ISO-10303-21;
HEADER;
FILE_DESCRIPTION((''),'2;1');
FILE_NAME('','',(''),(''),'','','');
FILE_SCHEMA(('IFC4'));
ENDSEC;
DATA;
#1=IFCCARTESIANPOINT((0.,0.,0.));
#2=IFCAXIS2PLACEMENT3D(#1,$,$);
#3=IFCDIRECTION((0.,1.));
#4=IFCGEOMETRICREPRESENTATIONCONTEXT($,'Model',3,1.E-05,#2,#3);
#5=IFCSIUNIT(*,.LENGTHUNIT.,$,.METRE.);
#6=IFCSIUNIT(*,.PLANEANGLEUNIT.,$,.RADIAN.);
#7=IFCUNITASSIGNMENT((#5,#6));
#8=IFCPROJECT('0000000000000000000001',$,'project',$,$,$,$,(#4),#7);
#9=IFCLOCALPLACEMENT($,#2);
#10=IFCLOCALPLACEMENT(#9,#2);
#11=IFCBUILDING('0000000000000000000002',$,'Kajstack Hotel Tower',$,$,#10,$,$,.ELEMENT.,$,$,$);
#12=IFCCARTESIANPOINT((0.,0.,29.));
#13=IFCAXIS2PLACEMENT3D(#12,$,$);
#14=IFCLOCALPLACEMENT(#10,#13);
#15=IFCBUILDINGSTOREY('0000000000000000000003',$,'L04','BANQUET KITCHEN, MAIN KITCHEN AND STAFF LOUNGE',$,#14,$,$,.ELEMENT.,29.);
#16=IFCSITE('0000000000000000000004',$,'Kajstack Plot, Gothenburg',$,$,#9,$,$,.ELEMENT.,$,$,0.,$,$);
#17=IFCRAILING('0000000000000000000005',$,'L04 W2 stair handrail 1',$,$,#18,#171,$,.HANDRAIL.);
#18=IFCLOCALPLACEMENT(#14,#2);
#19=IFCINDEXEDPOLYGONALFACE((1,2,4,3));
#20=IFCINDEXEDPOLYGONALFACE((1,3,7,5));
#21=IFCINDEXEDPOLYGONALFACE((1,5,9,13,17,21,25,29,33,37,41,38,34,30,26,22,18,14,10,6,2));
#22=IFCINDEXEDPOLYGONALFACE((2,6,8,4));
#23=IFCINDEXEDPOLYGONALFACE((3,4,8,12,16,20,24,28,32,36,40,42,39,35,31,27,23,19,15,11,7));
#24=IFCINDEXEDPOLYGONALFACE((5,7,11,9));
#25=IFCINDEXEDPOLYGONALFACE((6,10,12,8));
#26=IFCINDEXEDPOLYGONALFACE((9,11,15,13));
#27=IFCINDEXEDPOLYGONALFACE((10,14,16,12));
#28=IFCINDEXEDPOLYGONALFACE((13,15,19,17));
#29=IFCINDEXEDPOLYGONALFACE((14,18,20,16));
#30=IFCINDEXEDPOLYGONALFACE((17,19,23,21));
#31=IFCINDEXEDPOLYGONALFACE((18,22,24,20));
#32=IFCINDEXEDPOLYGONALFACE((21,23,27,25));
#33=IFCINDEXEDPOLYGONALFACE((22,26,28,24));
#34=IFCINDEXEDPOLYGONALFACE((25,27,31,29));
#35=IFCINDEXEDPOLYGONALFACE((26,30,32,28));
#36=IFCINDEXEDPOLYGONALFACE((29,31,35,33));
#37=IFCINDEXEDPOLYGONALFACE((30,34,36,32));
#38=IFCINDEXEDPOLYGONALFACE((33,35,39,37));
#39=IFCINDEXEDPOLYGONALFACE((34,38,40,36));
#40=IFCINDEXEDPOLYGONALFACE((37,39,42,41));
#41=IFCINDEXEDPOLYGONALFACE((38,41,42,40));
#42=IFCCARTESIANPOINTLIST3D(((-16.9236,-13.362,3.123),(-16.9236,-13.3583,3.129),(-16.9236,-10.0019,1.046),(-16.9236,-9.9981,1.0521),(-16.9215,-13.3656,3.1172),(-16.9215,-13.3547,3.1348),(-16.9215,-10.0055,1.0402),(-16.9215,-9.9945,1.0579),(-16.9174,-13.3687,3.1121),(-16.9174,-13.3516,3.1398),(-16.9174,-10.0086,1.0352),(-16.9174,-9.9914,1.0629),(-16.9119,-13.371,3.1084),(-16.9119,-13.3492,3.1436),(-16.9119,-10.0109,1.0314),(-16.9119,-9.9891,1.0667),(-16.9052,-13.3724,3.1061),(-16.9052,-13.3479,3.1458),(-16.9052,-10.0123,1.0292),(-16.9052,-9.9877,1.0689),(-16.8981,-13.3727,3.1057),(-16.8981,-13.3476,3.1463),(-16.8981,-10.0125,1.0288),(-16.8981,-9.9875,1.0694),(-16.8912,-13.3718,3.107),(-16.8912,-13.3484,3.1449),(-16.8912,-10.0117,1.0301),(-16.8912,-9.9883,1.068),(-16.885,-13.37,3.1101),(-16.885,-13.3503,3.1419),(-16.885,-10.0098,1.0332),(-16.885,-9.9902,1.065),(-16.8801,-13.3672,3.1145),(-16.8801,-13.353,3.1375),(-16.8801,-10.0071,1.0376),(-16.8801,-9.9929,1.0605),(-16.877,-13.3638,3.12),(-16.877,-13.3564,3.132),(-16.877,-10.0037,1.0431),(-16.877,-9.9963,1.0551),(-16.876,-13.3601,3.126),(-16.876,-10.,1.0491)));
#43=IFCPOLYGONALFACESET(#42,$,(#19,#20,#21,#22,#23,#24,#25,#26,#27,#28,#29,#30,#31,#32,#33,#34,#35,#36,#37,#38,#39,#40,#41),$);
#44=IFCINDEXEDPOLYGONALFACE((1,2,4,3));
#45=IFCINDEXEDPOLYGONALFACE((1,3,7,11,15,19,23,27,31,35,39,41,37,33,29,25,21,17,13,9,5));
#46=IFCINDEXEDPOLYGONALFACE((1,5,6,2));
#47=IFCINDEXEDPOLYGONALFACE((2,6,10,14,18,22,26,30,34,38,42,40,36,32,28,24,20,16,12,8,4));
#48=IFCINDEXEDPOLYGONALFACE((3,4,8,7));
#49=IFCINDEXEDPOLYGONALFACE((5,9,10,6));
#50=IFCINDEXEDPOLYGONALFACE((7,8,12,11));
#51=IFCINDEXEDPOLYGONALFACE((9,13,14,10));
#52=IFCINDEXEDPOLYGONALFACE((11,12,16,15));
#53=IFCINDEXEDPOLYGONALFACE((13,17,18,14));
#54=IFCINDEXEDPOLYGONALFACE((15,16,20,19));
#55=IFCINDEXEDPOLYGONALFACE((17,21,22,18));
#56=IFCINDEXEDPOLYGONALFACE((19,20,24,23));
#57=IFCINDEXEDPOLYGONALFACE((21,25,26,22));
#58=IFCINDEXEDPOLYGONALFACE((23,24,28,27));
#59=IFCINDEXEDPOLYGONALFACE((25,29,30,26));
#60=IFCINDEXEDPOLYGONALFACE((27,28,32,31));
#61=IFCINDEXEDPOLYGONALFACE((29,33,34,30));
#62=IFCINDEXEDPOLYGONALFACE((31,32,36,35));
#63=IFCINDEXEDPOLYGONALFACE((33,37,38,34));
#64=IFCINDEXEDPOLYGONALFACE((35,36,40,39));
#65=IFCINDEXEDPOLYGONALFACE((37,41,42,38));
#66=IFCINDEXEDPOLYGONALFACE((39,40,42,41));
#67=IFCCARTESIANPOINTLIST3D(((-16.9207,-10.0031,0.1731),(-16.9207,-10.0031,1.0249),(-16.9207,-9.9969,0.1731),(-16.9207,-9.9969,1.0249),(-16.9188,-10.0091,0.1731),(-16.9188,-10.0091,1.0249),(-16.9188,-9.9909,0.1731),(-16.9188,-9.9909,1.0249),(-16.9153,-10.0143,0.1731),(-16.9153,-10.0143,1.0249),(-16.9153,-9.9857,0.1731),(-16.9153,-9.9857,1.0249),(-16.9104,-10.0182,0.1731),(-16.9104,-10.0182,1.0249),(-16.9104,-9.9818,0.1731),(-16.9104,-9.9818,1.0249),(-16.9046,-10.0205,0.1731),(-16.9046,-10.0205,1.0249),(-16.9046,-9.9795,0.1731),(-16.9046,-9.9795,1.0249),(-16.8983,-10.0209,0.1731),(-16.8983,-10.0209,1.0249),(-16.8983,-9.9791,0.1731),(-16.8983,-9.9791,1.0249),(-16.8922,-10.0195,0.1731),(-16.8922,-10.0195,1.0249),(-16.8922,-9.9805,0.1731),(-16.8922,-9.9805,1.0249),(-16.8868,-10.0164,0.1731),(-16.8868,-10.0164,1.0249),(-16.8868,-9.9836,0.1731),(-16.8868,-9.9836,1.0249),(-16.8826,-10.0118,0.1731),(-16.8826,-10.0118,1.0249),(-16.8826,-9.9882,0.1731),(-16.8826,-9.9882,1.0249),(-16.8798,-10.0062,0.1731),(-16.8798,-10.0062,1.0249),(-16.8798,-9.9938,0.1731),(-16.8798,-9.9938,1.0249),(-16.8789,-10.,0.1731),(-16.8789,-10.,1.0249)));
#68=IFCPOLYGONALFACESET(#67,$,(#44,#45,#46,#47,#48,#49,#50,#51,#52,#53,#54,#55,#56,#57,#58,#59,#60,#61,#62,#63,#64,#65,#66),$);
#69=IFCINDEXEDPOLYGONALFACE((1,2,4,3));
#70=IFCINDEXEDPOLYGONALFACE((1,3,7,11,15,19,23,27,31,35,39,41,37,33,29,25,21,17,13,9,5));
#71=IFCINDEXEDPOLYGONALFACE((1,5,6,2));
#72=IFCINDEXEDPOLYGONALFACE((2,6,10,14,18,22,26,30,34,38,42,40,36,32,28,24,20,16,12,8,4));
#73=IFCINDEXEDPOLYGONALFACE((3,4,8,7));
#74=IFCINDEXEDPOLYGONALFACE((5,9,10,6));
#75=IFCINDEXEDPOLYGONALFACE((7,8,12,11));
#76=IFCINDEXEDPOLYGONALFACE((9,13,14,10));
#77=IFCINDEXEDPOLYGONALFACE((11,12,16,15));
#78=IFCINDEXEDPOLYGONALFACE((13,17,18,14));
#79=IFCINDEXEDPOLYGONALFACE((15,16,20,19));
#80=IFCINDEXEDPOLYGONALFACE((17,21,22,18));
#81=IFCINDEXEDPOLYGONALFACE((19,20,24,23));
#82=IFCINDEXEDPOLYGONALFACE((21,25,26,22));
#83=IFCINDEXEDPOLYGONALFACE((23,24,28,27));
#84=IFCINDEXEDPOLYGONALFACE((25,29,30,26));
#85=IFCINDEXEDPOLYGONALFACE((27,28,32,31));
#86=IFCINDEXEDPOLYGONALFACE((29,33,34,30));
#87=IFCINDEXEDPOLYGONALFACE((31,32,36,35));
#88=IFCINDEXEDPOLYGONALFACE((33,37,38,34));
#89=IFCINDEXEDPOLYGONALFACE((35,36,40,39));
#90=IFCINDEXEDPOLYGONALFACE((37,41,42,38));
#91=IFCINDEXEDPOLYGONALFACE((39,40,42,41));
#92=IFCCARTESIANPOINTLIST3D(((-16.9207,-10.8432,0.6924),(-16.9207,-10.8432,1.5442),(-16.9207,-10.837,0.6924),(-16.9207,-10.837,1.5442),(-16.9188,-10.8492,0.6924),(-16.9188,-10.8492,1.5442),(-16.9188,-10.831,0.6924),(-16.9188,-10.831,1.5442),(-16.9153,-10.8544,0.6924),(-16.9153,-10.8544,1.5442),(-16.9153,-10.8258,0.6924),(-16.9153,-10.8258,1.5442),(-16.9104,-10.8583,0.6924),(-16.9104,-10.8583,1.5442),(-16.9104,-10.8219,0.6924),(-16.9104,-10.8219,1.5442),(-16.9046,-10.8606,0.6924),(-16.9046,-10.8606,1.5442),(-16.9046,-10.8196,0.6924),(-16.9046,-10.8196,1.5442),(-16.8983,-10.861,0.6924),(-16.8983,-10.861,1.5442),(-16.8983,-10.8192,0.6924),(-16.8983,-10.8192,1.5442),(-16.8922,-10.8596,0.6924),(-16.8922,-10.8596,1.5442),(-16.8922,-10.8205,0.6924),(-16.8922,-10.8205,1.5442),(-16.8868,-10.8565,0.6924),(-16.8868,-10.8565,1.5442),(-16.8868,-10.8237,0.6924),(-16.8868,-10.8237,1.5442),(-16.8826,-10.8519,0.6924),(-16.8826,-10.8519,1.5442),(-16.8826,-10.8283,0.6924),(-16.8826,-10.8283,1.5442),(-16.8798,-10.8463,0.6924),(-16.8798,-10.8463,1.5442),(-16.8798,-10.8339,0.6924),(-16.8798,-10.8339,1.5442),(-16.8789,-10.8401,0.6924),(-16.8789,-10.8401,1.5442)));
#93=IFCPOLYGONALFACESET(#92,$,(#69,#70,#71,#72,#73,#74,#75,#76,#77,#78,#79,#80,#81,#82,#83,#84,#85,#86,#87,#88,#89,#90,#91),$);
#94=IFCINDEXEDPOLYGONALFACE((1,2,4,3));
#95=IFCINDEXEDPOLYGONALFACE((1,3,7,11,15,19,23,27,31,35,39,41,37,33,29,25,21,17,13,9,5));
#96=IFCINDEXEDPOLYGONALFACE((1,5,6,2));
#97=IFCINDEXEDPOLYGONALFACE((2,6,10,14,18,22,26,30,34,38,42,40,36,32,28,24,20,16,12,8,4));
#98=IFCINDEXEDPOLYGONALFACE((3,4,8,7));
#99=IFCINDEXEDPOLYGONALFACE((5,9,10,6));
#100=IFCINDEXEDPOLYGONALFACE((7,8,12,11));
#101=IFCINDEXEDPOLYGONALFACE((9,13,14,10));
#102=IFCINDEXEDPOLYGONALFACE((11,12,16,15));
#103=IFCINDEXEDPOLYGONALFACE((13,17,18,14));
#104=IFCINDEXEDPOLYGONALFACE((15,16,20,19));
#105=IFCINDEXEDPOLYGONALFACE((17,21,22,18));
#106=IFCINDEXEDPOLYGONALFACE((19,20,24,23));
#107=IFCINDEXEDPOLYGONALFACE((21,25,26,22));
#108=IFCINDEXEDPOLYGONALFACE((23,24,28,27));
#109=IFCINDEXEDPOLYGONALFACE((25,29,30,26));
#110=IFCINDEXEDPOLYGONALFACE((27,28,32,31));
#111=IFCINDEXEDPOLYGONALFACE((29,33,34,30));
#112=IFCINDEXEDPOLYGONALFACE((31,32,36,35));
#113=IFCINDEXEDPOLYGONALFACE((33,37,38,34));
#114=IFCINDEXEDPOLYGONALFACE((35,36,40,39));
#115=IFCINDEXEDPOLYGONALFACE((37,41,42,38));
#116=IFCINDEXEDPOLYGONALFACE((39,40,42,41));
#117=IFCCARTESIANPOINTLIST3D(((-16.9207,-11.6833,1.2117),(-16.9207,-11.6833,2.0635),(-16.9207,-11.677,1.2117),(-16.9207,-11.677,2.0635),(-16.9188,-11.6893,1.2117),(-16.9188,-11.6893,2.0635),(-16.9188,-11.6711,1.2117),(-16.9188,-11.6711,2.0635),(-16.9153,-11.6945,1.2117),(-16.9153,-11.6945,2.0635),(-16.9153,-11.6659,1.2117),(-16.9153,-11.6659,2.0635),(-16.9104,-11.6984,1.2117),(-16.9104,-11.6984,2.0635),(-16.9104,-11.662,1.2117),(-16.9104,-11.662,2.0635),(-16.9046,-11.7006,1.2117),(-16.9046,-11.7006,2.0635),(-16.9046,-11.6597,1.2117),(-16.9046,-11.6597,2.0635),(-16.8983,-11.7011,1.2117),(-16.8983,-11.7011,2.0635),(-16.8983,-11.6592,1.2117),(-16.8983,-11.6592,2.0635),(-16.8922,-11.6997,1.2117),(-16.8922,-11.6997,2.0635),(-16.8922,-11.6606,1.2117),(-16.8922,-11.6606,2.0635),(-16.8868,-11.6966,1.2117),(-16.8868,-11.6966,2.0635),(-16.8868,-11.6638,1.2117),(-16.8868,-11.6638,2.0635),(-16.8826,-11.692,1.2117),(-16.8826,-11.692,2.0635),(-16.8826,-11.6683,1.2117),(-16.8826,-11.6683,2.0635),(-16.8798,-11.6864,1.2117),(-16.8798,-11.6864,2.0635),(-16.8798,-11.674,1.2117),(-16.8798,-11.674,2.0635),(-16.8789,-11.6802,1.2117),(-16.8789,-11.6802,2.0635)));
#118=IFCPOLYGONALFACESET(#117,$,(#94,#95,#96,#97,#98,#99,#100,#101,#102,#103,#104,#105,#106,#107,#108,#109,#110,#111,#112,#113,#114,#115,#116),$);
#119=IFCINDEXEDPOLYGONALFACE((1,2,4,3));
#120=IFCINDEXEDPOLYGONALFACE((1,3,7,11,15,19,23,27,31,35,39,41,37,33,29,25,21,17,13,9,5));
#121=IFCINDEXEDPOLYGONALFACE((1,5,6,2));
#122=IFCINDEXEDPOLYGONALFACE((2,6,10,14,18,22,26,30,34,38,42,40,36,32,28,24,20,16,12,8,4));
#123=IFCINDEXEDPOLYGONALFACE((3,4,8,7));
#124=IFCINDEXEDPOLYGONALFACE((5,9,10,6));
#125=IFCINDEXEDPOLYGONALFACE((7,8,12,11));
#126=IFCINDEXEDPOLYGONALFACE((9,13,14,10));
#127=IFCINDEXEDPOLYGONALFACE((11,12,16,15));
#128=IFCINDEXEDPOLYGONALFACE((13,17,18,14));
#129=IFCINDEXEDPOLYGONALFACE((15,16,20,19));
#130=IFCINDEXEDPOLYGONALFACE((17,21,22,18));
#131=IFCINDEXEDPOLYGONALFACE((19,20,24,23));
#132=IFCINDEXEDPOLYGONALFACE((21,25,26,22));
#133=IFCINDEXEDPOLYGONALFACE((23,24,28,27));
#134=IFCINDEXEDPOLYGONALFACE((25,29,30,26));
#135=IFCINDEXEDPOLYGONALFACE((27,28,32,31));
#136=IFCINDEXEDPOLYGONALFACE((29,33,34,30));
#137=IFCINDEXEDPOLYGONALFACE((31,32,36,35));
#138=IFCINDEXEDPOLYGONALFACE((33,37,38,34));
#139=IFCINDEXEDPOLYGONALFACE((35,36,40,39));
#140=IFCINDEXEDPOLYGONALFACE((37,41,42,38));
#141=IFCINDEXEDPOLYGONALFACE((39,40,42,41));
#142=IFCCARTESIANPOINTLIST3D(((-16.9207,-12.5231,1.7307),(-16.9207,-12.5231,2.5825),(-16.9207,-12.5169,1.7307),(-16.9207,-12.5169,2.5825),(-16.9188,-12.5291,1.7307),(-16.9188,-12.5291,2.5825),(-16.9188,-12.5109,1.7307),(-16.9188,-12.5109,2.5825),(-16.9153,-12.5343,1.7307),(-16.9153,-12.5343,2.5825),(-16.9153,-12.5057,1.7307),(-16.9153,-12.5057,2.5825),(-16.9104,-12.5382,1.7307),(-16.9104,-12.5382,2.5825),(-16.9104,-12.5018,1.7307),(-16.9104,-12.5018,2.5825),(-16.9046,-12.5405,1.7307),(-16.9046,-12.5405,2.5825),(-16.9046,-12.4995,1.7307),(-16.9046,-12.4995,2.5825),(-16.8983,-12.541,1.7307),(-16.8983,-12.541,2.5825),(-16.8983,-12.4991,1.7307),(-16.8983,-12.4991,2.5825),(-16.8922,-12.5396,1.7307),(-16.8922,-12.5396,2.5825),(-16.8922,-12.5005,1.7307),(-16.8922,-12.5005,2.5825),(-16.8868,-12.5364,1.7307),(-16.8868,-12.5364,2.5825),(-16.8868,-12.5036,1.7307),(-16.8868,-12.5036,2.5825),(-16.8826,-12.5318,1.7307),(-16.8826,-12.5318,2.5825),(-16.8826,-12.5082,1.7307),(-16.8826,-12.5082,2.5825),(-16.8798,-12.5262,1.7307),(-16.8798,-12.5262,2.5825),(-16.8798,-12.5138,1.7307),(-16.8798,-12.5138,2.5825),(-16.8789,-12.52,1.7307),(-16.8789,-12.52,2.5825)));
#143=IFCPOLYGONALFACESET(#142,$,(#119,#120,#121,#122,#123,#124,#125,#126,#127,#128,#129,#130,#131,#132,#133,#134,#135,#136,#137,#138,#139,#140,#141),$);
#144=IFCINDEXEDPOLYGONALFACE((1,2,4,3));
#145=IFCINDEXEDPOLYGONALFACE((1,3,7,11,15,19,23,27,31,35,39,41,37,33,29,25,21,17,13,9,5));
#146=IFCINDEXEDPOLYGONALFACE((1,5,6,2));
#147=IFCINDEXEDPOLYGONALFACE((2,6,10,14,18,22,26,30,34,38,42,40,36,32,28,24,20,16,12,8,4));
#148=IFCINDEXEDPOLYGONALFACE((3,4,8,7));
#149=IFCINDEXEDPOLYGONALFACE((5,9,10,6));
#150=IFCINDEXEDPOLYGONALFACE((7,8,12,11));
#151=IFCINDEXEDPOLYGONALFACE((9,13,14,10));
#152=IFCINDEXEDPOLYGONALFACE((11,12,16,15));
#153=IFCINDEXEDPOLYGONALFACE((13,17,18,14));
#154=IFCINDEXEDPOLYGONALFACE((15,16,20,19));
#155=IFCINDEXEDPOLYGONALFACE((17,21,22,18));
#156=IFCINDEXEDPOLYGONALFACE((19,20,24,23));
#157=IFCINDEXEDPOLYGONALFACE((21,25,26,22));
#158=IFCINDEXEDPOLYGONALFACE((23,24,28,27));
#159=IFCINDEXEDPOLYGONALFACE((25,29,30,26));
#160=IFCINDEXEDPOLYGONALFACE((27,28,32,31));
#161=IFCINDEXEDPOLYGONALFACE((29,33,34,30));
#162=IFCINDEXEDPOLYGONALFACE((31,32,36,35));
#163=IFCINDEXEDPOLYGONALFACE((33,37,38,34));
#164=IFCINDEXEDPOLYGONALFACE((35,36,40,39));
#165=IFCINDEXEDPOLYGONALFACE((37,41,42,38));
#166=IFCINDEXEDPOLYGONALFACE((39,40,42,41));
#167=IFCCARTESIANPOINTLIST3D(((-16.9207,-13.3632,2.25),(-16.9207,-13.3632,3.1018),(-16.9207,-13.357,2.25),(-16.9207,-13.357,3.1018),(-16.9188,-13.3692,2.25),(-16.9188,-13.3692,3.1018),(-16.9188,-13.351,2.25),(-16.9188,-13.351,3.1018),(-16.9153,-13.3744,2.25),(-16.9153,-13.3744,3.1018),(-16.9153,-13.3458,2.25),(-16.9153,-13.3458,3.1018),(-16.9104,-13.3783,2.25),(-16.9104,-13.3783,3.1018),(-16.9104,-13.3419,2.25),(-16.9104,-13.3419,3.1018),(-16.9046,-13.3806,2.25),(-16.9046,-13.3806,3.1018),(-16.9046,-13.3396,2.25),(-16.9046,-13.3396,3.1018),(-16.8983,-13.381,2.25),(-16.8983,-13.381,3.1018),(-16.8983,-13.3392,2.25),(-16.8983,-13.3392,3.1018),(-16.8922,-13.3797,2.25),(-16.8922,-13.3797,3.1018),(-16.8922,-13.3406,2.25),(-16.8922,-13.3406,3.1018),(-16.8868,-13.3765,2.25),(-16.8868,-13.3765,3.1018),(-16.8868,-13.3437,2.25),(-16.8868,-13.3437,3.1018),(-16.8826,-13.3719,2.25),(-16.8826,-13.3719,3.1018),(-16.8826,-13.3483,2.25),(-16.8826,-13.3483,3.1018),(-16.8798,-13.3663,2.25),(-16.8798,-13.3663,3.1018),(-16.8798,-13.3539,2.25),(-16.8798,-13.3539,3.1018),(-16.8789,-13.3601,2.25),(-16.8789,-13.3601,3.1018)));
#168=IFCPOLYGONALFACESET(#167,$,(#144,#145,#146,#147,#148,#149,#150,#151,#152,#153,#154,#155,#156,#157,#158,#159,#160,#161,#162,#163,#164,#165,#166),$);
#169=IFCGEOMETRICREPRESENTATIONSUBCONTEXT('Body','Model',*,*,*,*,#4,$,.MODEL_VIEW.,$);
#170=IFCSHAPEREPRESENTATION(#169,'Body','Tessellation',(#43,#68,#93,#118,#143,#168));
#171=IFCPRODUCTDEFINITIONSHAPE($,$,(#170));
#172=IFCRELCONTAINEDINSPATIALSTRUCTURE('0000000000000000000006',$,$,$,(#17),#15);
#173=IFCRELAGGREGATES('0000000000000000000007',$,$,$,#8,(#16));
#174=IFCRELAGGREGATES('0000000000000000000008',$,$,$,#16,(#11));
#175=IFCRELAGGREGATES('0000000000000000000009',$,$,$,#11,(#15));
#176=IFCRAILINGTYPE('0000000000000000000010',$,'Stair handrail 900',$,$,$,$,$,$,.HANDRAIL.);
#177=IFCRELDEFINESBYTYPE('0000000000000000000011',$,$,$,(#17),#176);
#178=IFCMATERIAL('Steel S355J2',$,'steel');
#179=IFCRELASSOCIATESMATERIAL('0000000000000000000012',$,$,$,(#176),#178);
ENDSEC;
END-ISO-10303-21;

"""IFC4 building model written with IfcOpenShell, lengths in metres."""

from ifc_helpers import new_model, si_unit, direction, frame, origin, origin_2d, place, context, subcontext, project, spatial, circle, extrude, material, type_object, element, save


model = new_model("IFC4")

# Units and contexts
model_context = context("Model", 3, precision=1e-05, world=origin(), true_north=direction((0.0, 1.0)))
body_context = subcontext(model_context, "Body", "Model", "MODEL_VIEW")
ifc_project = project(units=[si_unit("LENGTHUNIT", "METRE"), si_unit("PLANEANGLEUNIT", "RADIAN")], contexts=[model_context])

# Site, building, storey
site_placement = place(None, origin())
site = spatial("IfcSite", under=ifc_project, at=site_placement, Name="Kajstack Plot, Gothenburg", CompositionType="ELEMENT", RefElevation=0.0)
building_placement = place(site_placement, origin())
building = spatial("IfcBuilding", under=site, at=building_placement, Name="Kajstack Hotel Tower", CompositionType="ELEMENT")
storey_placement = place(building_placement, frame((0.0, 0.0, 29.0)))
storey = spatial("IfcBuildingStorey", under=building, at=storey_placement, Name="L04", Description="BANQUET KITCHEN, MAIN KITCHEN AND STAFF LOUNGE", CompositionType="ELEMENT", Elevation=29.0)

# Railing
ifc_material_1 = material(Name="Steel S355J2", Category="steel")
railing_type = type_object("IfcRailingType", Name="Stair handrail 900", PredefinedType="HANDRAIL", material=ifc_material_1)
railing_1_placement = place(storey_placement, frame((-16.8999, -10.0, 0.1731)))
element("IfcRailing", 1, at=railing_1_placement, inside=storey, type_object=railing_type, Name="L04 W2 stair handrail 1", PredefinedType="HANDRAIL", context=body_context, shape_type="SweptSolid", body=[
    extrude(circle(Radius=0.0239, at=origin_2d()), frame((0.0, 0.0, 0.876), z_axis=(0.0, -0.850623, 0.525776), x_axis=(1.0, 0.0, 0.0)), (0.0, 0.0, 1.0), 3.9502),
    extrude(circle(Radius=0.021, at=origin_2d()), origin(), (0.0, 0.0, 1.0), 0.8518),
    extrude(circle(Radius=0.021, at=origin_2d()), frame((0.0, -0.8401, 0.5193)), (0.0, 0.0, 1.0), 0.8518),
    extrude(circle(Radius=0.021, at=origin_2d()), frame((0.0, -1.6802, 1.0386)), (0.0, 0.0, 1.0), 0.8518),
    extrude(circle(Radius=0.021, at=origin_2d()), frame((0.0, -2.52, 1.5576)), (0.0, 0.0, 1.0), 0.8518),
    extrude(circle(Radius=0.021, at=origin_2d()), frame((0.0, -3.3601, 2.0769)), (0.0, 0.0, 1.0), 0.8518),
])

save(model, "model.ifc")
